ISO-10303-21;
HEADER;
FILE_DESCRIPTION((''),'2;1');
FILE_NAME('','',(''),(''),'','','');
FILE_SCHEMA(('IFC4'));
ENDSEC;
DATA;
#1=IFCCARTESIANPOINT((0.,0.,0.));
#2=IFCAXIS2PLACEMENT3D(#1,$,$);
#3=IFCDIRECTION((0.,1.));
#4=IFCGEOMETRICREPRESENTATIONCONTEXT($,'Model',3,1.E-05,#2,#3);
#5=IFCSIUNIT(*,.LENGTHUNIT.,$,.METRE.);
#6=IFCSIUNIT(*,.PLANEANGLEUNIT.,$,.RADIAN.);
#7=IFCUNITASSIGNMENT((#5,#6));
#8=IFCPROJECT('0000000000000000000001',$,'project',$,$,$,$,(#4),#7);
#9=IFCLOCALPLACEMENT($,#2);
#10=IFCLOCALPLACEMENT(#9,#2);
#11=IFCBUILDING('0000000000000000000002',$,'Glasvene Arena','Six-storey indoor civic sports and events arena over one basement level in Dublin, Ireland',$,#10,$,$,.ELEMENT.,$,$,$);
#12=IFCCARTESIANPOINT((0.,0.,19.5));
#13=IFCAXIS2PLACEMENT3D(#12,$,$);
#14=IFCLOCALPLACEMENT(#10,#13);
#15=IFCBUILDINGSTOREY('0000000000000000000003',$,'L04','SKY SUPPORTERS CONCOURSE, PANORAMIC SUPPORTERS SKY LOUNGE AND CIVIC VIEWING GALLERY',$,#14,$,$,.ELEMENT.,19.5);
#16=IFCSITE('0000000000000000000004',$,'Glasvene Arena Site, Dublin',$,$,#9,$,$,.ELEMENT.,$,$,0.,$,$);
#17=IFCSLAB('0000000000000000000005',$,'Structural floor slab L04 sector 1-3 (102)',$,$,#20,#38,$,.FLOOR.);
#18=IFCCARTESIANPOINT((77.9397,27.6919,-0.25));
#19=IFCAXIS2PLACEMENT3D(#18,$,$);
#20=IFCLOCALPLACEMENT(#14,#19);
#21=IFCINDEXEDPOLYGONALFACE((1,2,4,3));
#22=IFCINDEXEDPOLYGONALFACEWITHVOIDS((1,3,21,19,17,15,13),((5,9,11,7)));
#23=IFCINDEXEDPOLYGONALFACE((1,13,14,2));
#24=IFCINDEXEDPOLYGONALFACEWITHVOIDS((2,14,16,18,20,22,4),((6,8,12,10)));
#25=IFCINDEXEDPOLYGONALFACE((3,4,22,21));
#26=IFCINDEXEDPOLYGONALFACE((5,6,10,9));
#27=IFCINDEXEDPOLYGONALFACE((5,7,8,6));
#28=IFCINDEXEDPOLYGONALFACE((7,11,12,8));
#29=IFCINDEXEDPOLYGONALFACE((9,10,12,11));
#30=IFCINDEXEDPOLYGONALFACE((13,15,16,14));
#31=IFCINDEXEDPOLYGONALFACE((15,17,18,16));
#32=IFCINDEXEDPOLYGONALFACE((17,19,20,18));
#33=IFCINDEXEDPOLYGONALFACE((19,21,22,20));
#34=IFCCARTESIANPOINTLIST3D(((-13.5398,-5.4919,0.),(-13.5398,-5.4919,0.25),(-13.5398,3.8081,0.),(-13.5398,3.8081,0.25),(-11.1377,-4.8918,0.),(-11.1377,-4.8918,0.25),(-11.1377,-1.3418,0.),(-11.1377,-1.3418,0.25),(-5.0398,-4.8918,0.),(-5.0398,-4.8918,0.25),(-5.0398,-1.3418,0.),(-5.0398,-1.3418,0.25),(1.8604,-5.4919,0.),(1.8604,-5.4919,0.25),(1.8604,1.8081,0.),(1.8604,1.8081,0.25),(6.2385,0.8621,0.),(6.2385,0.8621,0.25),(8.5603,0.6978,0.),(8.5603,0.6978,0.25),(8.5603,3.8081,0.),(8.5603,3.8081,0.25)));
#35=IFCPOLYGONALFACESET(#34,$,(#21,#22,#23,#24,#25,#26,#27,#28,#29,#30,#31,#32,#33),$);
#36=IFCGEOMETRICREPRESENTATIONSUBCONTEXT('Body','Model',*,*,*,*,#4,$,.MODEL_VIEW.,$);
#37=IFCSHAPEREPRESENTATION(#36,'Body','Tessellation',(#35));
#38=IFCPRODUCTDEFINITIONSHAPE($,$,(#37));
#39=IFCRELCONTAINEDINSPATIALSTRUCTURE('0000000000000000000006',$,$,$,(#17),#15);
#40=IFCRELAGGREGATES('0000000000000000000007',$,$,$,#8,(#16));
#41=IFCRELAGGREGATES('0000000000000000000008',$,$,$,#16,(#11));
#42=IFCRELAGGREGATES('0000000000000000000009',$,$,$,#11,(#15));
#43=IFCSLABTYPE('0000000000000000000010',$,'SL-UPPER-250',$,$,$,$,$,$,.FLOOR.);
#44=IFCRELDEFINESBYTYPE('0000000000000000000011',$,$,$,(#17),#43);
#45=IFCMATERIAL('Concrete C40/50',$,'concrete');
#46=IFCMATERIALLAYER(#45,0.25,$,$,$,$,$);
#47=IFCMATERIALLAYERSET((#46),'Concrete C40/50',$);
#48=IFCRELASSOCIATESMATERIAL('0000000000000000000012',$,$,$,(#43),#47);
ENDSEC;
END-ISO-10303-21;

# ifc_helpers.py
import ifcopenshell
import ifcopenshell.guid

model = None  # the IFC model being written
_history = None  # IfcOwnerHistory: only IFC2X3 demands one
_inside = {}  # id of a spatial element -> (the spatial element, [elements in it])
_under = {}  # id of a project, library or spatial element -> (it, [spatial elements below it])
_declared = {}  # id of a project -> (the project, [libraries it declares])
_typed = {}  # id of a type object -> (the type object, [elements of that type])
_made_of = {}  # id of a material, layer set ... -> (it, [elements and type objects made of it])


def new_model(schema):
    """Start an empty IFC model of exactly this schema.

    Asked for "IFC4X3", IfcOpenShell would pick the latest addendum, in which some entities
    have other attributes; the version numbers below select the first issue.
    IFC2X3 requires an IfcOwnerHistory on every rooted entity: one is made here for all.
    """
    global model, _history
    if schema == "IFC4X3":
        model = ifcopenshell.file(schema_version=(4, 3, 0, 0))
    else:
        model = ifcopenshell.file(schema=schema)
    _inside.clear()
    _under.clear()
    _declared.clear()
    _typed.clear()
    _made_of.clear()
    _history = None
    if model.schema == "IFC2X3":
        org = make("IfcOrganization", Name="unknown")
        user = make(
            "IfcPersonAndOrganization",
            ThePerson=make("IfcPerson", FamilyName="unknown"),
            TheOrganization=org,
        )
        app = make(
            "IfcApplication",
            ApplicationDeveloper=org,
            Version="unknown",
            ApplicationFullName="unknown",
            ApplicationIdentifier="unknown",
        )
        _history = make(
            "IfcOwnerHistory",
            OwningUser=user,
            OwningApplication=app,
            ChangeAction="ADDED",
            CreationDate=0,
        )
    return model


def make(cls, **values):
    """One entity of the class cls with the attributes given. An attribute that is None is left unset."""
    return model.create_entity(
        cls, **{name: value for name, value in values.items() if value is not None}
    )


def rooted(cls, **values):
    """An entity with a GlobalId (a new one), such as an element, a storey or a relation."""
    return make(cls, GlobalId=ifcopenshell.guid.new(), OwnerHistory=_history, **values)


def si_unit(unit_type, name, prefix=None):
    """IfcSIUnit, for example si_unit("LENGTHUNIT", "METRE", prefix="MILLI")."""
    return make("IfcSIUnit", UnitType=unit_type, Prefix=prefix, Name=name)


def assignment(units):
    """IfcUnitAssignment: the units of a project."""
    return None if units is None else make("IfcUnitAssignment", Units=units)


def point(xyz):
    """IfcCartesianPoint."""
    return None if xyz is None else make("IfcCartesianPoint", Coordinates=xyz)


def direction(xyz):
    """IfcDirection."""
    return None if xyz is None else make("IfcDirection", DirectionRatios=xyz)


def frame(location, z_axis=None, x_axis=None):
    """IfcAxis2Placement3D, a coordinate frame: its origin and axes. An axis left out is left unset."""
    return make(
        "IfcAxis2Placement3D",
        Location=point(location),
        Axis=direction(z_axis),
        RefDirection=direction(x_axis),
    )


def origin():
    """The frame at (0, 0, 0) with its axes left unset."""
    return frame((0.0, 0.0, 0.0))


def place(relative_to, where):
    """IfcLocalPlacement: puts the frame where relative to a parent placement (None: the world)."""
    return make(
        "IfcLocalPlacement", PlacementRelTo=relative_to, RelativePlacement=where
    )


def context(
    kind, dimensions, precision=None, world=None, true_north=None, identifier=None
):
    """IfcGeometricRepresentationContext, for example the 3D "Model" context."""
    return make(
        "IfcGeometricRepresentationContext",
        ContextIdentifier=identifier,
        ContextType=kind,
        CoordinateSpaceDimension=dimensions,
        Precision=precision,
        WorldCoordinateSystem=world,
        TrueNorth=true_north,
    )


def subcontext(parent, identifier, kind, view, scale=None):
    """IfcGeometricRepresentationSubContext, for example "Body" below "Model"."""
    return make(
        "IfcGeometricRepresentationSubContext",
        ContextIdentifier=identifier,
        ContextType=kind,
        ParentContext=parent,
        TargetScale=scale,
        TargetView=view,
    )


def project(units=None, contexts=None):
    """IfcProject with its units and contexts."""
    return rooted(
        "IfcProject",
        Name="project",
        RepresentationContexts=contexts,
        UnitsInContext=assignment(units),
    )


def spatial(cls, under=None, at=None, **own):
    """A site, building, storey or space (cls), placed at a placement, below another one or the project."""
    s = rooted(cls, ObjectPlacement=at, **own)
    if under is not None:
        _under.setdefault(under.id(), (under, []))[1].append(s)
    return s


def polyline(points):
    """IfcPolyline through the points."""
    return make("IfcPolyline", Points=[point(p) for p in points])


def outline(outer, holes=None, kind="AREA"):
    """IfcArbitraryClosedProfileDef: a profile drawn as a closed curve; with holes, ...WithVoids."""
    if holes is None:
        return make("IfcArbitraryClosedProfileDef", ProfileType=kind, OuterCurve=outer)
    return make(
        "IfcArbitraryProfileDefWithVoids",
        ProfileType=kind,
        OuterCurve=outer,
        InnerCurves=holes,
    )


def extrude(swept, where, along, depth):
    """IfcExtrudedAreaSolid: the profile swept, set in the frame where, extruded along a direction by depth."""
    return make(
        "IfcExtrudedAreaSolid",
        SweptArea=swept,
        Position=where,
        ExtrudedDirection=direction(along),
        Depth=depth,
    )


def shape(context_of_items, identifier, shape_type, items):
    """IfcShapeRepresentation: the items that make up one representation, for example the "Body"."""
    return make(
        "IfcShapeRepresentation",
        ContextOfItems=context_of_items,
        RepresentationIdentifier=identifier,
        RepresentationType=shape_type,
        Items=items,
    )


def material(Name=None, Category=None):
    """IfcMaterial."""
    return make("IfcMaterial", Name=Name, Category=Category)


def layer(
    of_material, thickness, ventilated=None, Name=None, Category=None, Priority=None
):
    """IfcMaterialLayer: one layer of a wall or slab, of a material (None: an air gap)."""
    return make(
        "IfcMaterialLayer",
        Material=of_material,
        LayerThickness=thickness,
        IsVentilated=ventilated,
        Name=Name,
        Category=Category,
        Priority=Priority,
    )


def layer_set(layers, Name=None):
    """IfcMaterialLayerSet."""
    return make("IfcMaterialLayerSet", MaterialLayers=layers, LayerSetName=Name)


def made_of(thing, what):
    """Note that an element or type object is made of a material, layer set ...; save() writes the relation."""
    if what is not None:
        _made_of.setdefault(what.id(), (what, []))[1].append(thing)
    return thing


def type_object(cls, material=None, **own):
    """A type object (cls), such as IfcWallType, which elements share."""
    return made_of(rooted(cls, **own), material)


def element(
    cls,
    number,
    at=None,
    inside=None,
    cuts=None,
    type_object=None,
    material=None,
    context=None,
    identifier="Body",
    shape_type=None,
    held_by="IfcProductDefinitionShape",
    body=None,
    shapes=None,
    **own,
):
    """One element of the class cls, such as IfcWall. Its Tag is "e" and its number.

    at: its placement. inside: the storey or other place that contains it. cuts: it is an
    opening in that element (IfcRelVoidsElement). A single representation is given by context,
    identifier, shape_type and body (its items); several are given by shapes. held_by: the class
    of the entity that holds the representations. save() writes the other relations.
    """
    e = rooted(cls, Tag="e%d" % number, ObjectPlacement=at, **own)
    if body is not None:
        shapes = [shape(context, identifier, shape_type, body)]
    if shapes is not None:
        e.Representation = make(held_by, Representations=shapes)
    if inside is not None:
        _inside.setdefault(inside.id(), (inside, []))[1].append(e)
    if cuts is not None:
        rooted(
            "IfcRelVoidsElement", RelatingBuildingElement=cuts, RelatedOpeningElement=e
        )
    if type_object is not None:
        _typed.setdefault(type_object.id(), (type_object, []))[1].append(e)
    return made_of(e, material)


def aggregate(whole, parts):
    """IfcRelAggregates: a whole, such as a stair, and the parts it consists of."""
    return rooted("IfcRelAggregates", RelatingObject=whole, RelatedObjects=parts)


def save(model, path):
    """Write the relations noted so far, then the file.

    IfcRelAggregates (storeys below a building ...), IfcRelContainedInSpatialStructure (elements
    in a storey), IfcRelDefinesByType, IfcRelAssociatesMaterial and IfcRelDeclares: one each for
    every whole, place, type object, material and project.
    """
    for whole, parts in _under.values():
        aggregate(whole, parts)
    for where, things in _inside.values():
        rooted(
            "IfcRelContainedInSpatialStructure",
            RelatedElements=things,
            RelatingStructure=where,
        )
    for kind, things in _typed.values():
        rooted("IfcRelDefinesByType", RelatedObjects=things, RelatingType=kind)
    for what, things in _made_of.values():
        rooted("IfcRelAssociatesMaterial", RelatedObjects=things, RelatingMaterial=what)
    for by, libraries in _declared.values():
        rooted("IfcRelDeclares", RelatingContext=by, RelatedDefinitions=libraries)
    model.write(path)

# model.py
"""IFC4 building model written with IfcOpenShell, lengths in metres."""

from ifc_helpers import new_model, si_unit, direction, frame, origin, place, context, subcontext, project, spatial, polyline, outline, extrude, material, layer, layer_set, type_object, element, save


model = new_model("IFC4")

# Units and contexts
model_context = context("Model", 3, precision=1e-05, world=origin(), true_north=direction((0.0, 1.0)))
body_context = subcontext(model_context, "Body", "Model", "MODEL_VIEW")
ifc_project = project(units=[si_unit("LENGTHUNIT", "METRE"), si_unit("PLANEANGLEUNIT", "RADIAN")], contexts=[model_context])

# Site, building, storey
site_placement = place(None, origin())
site = spatial("IfcSite", under=ifc_project, at=site_placement, Name="Glasvene Arena Site, Dublin", CompositionType="ELEMENT", RefElevation=0.0)
building_placement = place(site_placement, origin())
building = spatial("IfcBuilding", under=site, at=building_placement, Name="Glasvene Arena", Description="Six-storey indoor civic sports and events arena over one basement level in Dublin, Ireland", CompositionType="ELEMENT")
storey_placement = place(building_placement, frame((0.0, 0.0, 19.5)))
storey = spatial("IfcBuildingStorey", under=building, at=storey_placement, Name="L04", Description="SKY SUPPORTERS CONCOURSE, PANORAMIC SUPPORTERS SKY LOUNGE AND CIVIC VIEWING GALLERY", CompositionType="ELEMENT", Elevation=19.5)

# Slab
ifc_material_1 = material(Name="Concrete C40/50", Category="concrete")
ifc_layer_1 = layer(ifc_material_1, 0.25)
ifc_layer_set_1 = layer_set([ifc_layer_1], Name="Concrete C40/50")
slab_type = type_object("IfcSlabType", Name="SL-UPPER-250", PredefinedType="FLOOR", material=ifc_layer_set_1)
slab_placement = place(storey_placement, frame((77.9397, 27.6919, -0.25)))
element("IfcSlab", 1, at=slab_placement, inside=storey, type_object=slab_type, Name="Structural floor slab L04 sector 1-3 (102)", PredefinedType="FLOOR", context=body_context, shape_type="SweptSolid", body=[
    extrude(outline(polyline([(1.8604, 1.8081), (1.8604, -5.4919), (-13.5398, -5.4919), (-13.5398, 3.8081), (8.5603, 3.8081), (8.5603, 0.6978), (6.2385, 0.8621), (1.8604, 1.8081)]), holes=[polyline([(-5.0398, -1.3418), (-11.1377, -1.3418), (-11.1377, -4.8918), (-5.0398, -4.8918), (-5.0398, -1.3418)])]), origin(), (0.0, 0.0, 1.0), 0.25),
])

save(model, "model.ifc")
